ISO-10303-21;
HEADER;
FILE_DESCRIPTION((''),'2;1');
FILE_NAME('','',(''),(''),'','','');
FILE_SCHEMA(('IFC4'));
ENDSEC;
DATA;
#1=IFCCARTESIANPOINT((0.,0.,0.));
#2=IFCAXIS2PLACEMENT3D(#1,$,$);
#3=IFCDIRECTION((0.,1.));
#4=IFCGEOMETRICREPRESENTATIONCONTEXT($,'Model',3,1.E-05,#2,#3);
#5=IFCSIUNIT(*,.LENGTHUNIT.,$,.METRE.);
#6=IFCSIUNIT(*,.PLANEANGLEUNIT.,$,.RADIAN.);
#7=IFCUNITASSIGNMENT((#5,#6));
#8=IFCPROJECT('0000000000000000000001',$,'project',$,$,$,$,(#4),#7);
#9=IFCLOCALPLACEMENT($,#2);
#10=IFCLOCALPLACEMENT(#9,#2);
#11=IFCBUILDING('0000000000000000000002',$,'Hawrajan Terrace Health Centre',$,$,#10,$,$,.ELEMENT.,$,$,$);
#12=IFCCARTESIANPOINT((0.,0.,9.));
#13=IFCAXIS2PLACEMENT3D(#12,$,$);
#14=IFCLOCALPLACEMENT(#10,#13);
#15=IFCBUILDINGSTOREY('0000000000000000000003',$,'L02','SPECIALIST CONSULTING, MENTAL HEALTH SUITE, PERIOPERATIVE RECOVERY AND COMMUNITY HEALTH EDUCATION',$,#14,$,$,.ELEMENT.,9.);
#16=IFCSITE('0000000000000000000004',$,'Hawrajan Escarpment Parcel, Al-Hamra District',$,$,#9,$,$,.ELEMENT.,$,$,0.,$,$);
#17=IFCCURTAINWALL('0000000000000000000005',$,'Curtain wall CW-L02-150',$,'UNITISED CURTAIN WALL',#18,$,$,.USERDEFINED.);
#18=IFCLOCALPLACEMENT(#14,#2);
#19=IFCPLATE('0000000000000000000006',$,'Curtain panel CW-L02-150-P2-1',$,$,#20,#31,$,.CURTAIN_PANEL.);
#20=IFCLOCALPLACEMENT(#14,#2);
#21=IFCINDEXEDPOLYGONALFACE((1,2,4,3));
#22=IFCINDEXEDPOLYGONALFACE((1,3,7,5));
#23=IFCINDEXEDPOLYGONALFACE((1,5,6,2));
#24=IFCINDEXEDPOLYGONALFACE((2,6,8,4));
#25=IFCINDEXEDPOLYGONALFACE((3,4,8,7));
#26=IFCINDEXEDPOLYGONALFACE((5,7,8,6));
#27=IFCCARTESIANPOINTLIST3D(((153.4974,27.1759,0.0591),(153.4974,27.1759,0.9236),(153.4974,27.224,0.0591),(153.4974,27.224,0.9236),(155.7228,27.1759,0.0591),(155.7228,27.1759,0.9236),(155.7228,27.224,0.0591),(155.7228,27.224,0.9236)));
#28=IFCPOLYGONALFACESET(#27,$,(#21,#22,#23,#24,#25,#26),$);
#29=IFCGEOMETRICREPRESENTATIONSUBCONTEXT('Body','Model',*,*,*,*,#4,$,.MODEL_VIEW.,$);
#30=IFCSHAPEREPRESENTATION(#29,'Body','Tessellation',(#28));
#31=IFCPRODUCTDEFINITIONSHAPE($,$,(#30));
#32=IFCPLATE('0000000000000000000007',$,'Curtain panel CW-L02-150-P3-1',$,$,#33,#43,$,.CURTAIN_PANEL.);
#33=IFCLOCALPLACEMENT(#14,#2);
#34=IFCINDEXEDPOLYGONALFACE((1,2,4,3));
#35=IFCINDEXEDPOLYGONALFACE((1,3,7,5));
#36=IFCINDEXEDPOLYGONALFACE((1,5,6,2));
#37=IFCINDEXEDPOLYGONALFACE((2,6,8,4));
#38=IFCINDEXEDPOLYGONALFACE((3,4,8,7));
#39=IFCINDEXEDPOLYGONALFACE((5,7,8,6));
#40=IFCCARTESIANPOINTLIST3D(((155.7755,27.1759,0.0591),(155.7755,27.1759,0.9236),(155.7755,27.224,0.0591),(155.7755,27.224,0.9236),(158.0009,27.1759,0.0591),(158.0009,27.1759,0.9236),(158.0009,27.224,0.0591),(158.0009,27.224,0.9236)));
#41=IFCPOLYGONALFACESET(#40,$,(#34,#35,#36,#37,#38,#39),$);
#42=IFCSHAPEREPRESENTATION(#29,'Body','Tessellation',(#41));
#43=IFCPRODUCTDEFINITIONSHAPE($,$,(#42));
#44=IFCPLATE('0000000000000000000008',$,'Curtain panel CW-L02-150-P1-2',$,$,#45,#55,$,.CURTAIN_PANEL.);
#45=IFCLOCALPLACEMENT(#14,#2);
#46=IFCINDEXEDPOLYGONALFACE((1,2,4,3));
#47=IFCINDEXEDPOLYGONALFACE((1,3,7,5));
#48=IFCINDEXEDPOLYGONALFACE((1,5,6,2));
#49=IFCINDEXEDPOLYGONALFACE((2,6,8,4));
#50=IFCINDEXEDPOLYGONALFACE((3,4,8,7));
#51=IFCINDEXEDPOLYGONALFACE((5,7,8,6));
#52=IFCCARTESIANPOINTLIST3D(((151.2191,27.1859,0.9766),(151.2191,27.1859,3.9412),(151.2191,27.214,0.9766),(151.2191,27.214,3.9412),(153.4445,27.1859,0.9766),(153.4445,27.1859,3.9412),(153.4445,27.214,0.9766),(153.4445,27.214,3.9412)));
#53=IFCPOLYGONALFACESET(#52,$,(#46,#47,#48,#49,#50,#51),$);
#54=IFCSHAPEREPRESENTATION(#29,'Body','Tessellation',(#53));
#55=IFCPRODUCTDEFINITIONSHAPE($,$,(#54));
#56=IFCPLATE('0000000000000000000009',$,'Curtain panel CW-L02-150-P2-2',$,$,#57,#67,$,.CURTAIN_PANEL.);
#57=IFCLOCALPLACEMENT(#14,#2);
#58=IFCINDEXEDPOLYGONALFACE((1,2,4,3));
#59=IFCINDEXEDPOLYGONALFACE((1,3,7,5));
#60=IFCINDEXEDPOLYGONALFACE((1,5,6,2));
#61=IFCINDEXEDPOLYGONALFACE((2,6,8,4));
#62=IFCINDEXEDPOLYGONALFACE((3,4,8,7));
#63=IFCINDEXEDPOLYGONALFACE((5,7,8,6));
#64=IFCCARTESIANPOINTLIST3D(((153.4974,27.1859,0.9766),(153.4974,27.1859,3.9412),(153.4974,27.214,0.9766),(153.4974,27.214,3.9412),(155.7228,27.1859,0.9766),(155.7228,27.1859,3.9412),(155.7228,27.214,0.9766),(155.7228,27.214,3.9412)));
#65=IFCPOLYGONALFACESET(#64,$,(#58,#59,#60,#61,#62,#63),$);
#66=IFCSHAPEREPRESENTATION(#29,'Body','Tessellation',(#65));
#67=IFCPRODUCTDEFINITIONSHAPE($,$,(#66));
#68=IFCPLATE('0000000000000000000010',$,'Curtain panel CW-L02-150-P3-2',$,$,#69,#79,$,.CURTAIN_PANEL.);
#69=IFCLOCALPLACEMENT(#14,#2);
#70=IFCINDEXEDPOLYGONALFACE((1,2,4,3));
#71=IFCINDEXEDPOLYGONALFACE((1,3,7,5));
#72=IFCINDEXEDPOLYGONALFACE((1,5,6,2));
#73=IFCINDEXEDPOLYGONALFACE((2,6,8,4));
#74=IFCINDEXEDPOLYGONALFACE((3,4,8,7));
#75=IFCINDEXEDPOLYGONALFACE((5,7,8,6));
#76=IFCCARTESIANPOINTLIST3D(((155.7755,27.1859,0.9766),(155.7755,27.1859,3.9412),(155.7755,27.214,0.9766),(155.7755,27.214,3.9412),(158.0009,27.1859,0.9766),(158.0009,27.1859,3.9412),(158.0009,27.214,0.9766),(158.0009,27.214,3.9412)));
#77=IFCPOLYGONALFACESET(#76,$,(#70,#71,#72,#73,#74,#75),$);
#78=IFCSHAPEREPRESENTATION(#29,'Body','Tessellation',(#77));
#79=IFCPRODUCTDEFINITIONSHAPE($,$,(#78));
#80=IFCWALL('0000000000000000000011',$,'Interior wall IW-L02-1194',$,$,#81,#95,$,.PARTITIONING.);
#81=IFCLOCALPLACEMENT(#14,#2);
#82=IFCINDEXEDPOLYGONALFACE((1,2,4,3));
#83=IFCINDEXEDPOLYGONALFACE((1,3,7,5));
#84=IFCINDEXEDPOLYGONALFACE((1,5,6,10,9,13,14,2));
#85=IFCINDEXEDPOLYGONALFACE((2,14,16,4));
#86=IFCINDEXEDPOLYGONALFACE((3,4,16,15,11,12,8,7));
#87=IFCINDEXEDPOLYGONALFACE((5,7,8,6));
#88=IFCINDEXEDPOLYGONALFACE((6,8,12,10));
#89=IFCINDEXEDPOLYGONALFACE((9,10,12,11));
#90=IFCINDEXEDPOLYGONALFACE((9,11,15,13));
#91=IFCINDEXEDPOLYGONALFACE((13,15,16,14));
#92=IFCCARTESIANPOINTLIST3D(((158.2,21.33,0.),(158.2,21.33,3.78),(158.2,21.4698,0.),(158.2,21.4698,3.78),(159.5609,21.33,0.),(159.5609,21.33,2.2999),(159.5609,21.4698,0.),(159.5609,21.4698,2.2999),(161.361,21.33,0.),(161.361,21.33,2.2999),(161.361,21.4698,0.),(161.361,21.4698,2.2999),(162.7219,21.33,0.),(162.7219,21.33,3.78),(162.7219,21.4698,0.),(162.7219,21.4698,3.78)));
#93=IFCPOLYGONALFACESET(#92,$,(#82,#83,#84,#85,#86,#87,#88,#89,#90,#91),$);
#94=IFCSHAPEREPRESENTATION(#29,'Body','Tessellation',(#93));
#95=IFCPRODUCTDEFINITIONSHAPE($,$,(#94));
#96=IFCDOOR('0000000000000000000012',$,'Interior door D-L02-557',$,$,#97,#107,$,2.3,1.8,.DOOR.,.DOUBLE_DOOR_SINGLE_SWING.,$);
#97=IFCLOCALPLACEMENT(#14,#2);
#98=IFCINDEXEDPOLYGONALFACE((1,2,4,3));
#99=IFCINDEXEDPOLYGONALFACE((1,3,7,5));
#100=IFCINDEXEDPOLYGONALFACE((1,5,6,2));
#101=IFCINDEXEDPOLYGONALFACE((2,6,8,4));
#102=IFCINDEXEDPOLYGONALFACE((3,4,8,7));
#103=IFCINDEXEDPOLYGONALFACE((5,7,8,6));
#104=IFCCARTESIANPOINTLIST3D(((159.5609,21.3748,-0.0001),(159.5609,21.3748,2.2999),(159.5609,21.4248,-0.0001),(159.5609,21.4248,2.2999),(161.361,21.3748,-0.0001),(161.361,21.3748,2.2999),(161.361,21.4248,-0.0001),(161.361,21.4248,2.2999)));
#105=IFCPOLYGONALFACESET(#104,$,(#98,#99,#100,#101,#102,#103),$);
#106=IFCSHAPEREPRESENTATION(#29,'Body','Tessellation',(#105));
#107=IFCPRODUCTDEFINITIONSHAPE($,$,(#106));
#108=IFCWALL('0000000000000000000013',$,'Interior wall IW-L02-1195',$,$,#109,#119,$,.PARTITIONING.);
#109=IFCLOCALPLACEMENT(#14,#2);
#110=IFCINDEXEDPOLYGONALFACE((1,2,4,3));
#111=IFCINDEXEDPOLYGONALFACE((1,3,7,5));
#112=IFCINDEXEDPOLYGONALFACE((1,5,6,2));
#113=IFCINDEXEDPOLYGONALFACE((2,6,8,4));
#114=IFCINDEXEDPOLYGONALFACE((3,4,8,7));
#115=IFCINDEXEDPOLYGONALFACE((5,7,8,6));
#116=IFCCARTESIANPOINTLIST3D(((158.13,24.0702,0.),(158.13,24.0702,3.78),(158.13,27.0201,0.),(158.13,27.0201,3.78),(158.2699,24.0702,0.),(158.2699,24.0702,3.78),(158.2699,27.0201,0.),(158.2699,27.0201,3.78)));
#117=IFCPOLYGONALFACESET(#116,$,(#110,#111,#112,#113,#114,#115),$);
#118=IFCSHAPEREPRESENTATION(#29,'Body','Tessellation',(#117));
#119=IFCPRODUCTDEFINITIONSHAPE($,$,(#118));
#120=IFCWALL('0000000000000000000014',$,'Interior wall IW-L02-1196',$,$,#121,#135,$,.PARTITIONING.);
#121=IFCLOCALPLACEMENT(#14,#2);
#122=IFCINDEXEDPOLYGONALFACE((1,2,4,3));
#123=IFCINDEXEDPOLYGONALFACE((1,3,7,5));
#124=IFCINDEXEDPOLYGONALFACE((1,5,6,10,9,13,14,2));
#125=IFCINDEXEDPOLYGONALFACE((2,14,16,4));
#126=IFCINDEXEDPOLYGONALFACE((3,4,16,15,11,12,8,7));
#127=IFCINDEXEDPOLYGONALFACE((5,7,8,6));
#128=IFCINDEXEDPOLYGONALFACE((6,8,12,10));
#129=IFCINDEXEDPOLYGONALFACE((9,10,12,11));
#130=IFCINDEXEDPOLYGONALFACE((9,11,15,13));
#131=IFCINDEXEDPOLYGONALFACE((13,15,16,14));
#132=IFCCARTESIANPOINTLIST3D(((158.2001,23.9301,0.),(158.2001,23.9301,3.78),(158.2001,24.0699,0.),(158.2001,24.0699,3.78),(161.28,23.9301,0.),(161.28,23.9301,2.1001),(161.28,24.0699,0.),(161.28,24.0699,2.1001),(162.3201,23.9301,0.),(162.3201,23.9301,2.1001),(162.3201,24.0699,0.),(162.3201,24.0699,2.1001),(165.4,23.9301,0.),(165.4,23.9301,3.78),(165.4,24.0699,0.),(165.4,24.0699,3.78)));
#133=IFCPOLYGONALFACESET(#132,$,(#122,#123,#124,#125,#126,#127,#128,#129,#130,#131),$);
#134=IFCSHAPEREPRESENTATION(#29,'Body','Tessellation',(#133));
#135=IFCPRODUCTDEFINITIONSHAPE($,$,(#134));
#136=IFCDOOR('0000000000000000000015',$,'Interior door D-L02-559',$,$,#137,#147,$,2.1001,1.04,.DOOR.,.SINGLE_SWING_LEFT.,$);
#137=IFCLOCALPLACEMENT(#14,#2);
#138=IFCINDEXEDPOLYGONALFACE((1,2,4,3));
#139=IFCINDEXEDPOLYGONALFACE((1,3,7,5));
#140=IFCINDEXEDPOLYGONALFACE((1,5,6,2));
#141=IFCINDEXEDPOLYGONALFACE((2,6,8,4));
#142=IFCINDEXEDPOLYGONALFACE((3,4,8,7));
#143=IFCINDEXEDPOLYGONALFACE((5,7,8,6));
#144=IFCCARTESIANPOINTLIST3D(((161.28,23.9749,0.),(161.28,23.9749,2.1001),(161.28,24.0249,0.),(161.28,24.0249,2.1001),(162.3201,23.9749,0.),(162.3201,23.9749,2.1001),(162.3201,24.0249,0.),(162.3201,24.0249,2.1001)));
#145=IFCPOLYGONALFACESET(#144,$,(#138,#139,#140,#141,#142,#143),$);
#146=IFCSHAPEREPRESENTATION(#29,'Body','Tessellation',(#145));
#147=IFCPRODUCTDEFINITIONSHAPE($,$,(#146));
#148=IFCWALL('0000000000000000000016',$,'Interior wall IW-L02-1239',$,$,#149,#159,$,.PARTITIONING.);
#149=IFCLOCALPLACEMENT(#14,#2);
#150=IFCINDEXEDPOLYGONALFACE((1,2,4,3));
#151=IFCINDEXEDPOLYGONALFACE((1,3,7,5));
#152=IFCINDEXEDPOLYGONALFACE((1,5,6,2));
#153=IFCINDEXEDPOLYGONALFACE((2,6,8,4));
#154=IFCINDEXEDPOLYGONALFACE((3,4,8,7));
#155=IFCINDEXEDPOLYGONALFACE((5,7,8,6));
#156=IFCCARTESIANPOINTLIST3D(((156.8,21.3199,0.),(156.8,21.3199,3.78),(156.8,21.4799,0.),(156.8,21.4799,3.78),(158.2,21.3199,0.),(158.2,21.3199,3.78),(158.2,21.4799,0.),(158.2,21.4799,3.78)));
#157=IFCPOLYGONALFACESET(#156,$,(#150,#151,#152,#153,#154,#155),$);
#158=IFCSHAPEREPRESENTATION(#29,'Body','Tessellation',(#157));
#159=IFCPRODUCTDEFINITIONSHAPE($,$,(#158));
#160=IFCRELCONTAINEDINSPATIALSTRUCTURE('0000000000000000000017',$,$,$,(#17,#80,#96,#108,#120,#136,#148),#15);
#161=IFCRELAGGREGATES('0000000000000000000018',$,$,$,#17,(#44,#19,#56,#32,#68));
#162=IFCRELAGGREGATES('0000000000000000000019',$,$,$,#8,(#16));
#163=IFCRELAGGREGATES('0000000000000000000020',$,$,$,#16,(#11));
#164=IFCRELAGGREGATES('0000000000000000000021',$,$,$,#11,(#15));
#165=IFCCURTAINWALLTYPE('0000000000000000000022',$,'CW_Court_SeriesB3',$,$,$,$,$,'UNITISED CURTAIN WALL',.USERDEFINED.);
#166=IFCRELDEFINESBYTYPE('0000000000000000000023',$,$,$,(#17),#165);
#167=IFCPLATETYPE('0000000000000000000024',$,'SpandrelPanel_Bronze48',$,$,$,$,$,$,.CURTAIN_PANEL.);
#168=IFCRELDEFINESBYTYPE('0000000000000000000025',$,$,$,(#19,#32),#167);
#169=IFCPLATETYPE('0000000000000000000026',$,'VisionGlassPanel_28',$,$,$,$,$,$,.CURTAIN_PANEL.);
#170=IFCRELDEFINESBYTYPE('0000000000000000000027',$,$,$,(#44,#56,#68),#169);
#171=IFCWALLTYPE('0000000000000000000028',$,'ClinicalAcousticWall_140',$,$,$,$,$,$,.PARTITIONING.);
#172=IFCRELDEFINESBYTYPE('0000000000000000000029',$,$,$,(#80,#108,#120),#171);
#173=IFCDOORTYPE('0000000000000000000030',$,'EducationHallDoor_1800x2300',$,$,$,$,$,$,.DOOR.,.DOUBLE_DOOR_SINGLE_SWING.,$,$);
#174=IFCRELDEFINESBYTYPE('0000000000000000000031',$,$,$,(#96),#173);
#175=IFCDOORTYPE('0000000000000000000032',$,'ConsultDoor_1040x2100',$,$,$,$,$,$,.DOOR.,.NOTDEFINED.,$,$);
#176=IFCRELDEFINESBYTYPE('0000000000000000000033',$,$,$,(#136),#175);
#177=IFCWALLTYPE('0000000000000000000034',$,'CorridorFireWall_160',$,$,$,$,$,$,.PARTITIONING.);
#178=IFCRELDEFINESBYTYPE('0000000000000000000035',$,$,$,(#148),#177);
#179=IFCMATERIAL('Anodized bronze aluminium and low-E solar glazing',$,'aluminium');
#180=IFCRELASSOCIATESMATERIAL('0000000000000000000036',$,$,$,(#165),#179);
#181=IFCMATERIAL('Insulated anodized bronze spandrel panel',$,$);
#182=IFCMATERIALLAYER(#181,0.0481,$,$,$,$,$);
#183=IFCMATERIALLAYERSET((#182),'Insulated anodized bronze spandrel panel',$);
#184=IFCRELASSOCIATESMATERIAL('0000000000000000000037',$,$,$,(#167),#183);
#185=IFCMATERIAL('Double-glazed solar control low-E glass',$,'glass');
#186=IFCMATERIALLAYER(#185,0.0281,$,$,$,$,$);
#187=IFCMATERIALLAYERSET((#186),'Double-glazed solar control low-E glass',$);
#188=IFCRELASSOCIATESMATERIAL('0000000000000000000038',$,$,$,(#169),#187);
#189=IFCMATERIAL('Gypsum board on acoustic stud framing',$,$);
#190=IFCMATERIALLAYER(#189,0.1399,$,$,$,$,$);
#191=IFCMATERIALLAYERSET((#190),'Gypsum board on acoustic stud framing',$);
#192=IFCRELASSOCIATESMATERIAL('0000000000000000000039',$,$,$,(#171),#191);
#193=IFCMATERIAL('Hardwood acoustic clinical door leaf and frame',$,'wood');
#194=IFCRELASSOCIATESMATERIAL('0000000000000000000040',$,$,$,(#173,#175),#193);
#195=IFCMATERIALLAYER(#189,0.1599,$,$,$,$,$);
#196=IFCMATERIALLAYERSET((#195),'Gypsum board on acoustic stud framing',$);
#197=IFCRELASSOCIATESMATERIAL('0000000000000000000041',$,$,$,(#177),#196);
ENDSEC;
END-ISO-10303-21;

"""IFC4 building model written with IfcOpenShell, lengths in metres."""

from ifc_helpers import new_model, si_unit, direction, frame, frame_2d, origin, origin_2d, place, context, subcontext, project, spatial, rectangle, extrude, material, layer, layer_set, type_object, element, fill, aggregate, save


model = new_model("IFC4")

# Units and contexts
model_context = context("Model", 3, precision=1e-05, world=origin(), true_north=direction((0.0, 1.0)))
body_context = subcontext(model_context, "Body", "Model", "MODEL_VIEW")
ifc_project = project(units=[si_unit("LENGTHUNIT", "METRE"), si_unit("PLANEANGLEUNIT", "RADIAN")], contexts=[model_context])

# Site, building, storey
site_placement = place(None, origin())
site = spatial("IfcSite", under=ifc_project, at=site_placement, Name="Hawrajan Escarpment Parcel, Al-Hamra District", CompositionType="ELEMENT", RefElevation=0.0)
building_placement = place(site_placement, origin())
building = spatial("IfcBuilding", under=site, at=building_placement, Name="Hawrajan Terrace Health Centre", CompositionType="ELEMENT")
storey_placement = place(building_placement, frame((0.0, 0.0, 9.0)))
storey = spatial("IfcBuildingStorey", under=building, at=storey_placement, Name="L02", Description="SPECIALIST CONSULTING, MENTAL HEALTH SUITE, PERIOPERATIVE RECOVERY AND COMMUNITY HEALTH EDUCATION", CompositionType="ELEMENT", Elevation=9.0)

# Curtain wall, plates
ifc_material_1 = material(Name="Anodized bronze aluminium and low-E solar glazing", Category="aluminium")
curtain_wall_type = type_object("IfcCurtainWallType", Name="CW_Court_SeriesB3", ElementType="UNITISED CURTAIN WALL", PredefinedType="USERDEFINED", material=ifc_material_1)
curtain_wall_placement = place(storey_placement, origin())
curtain_wall = element("IfcCurtainWall", 1, at=curtain_wall_placement, inside=storey, type_object=curtain_wall_type, Name="Curtain wall CW-L02-150", ObjectType="UNITISED CURTAIN WALL", PredefinedType="USERDEFINED")
ifc_material_2 = material(Name="Insulated anodized bronze spandrel panel")
ifc_layer_1 = layer(ifc_material_2, 0.0481)
ifc_layer_set_1 = layer_set([ifc_layer_1], Name="Insulated anodized bronze spandrel panel")
plate_type_1 = type_object("IfcPlateType", Name="SpandrelPanel_Bronze48", PredefinedType="CURTAIN_PANEL", material=ifc_layer_set_1)
plate_1_placement = place(storey_placement, frame((154.6101, 27.2, 0.0591), z_axis=(0.0, 0.0, 1.0), x_axis=(1.0, 0.0, 0.0)))
plate_1 = element("IfcPlate", 2, at=plate_1_placement, type_object=plate_type_1, Name="Curtain panel CW-L02-150-P2-1", PredefinedType="CURTAIN_PANEL", context=body_context, shape_type="SweptSolid", body=[
    extrude(rectangle(XDim=2.2253, YDim=0.0481, at=origin_2d()), origin(), (0.0, 0.0, 1.0), 0.8645),
])
plate_2_placement = place(storey_placement, frame((156.8882, 27.2, 0.0591), z_axis=(0.0, 0.0, 1.0), x_axis=(1.0, 0.0, 0.0)))
plate_2 = element("IfcPlate", 3, at=plate_2_placement, type_object=plate_type_1, Name="Curtain panel CW-L02-150-P3-1", PredefinedType="CURTAIN_PANEL", context=body_context, shape_type="SweptSolid", body=[
    extrude(rectangle(XDim=2.2253, YDim=0.0481, at=origin_2d()), origin(), (0.0, 0.0, 1.0), 0.8645),
])
ifc_material_3 = material(Name="Double-glazed solar control low-E glass", Category="glass")
ifc_layer_2 = layer(ifc_material_3, 0.0281)
ifc_layer_set_2 = layer_set([ifc_layer_2], Name="Double-glazed solar control low-E glass")
plate_type_2 = type_object("IfcPlateType", Name="VisionGlassPanel_28", PredefinedType="CURTAIN_PANEL", material=ifc_layer_set_2)
plate_3_placement = place(storey_placement, frame((152.3318, 27.2, 0.9766), z_axis=(0.0, 0.0, 1.0), x_axis=(1.0, 0.0, 0.0)))
plate_3 = element("IfcPlate", 4, at=plate_3_placement, type_object=plate_type_2, Name="Curtain panel CW-L02-150-P1-2", PredefinedType="CURTAIN_PANEL", context=body_context, shape_type="SweptSolid", body=[
    extrude(rectangle(XDim=2.2253, YDim=0.0281, at=origin_2d()), origin(), (0.0, 0.0, 1.0), 2.9646),
])
plate_4_placement = place(storey_placement, frame((154.6101, 27.2, 0.9766), z_axis=(0.0, 0.0, 1.0), x_axis=(1.0, 0.0, 0.0)))
plate_4 = element("IfcPlate", 5, at=plate_4_placement, type_object=plate_type_2, Name="Curtain panel CW-L02-150-P2-2", PredefinedType="CURTAIN_PANEL", context=body_context, shape_type="SweptSolid", body=[
    extrude(rectangle(XDim=2.2253, YDim=0.0281, at=origin_2d()), origin(), (0.0, 0.0, 1.0), 2.9646),
])
plate_5_placement = place(storey_placement, frame((156.8882, 27.2, 0.9766), z_axis=(0.0, 0.0, 1.0), x_axis=(1.0, 0.0, 0.0)))
plate_5 = element("IfcPlate", 6, at=plate_5_placement, type_object=plate_type_2, Name="Curtain panel CW-L02-150-P3-2", PredefinedType="CURTAIN_PANEL", context=body_context, shape_type="SweptSolid", body=[
    extrude(rectangle(XDim=2.2253, YDim=0.0281, at=origin_2d()), origin(), (0.0, 0.0, 1.0), 2.9646),
])
aggregate(curtain_wall, [plate_3, plate_1, plate_4, plate_2, plate_5])

# Wall, opening, door
ifc_material_4 = material(Name="Gypsum board on acoustic stud framing")
ifc_layer_3 = layer(ifc_material_4, 0.1399)
ifc_layer_set_3 = layer_set([ifc_layer_3], Name="Gypsum board on acoustic stud framing")
wall_type_1 = type_object("IfcWallType", Name="ClinicalAcousticWall_140", PredefinedType="PARTITIONING", material=ifc_layer_set_3)
ifc_material_5 = material(Name="Hardwood acoustic clinical door leaf and frame", Category="wood")
wall_1_placement = place(storey_placement, frame((158.2, 21.3999, 0.0), z_axis=(0.0, 0.0, 1.0), x_axis=(1.0, 0.0, 0.0)))
wall_1 = element("IfcWall", 7, at=wall_1_placement, inside=storey, type_object=wall_type_1, Name="Interior wall IW-L02-1194", PredefinedType="PARTITIONING", context=body_context, shape_type="SweptSolid", body=[
    extrude(rectangle(XDim=4.522, YDim=0.1399, at=frame_2d((2.261, 0.0))), origin(), (0.0, 0.0, 1.0), 3.78),
])
opening_1_placement = place(wall_1_placement, frame((1.3611, 0.0, 0.0)))
opening_1 = element("IfcOpeningElement", 8, at=opening_1_placement, cuts=wall_1, PredefinedType="OPENING", context=body_context, shape_type="SweptSolid", body=[
    extrude(rectangle(XDim=1.8, YDim=2.3, at=frame_2d((0.8999, 1.1499))), frame((0.0, 0.0798, 0.0), z_axis=(0.0, -1.0, 0.0), x_axis=(1.0, 0.0, 0.0)), (0.0, 0.0, 1.0), 0.1599),
])
door_type_1 = type_object("IfcDoorType", Name="EducationHallDoor_1800x2300", OperationType="DOUBLE_DOOR_SINGLE_SWING", PredefinedType="DOOR", material=ifc_material_5)
door_1_placement = place(opening_1_placement, origin())
door_1 = element("IfcDoor", 9, at=door_1_placement, inside=storey, type_object=door_type_1, Name="Interior door D-L02-557", OperationType="DOUBLE_DOOR_SINGLE_SWING", OverallHeight=2.3, OverallWidth=1.8, PredefinedType="DOOR", context=body_context, shape_type="SweptSolid", body=[
    extrude(rectangle(XDim=1.8, YDim=2.3, at=frame_2d((0.8999, 1.1499))), frame((0.0, 0.0249, 0.0), z_axis=(0.0, -1.0, 0.0), x_axis=(1.0, 0.0, 0.0)), (0.0, 0.0, 1.0), 0.05),
])
fill(opening_1, door_1)

# Wall
wall_2_placement = place(storey_placement, frame((158.2, 24.0701, 0.0), z_axis=(0.0, 0.0, 1.0), x_axis=(0.0, 1.0, 0.0)))
element("IfcWall", 10, at=wall_2_placement, inside=storey, type_object=wall_type_1, Name="Interior wall IW-L02-1195", PredefinedType="PARTITIONING", context=body_context, shape_type="SweptSolid", body=[
    extrude(rectangle(XDim=2.95, YDim=0.1399, at=frame_2d((1.4751, 0.0))), origin(), (0.0, 0.0, 1.0), 3.78),
])

# Wall, opening, door
wall_3_placement = place(storey_placement, frame((158.2, 24.0, 0.0), z_axis=(0.0, 0.0, 1.0), x_axis=(1.0, 0.0, 0.0)))
wall_3 = element("IfcWall", 11, at=wall_3_placement, inside=storey, type_object=wall_type_1, Name="Interior wall IW-L02-1196", PredefinedType="PARTITIONING", context=body_context, shape_type="SweptSolid", body=[
    extrude(rectangle(XDim=7.2, YDim=0.1399, at=frame_2d((3.6001, 0.0))), origin(), (0.0, 0.0, 1.0), 3.78),
])
opening_2_placement = place(wall_3_placement, frame((3.0801, 0.0, 0.0)))
opening_2 = element("IfcOpeningElement", 12, at=opening_2_placement, cuts=wall_3, PredefinedType="OPENING", context=body_context, shape_type="SweptSolid", body=[
    extrude(rectangle(XDim=1.04, YDim=2.1001, at=frame_2d((0.52, 1.05))), frame((0.0, 0.0798, 0.0), z_axis=(0.0, -1.0, 0.0), x_axis=(1.0, 0.0, 0.0)), (0.0, 0.0, 1.0), 0.1599),
])
door_type_2 = type_object("IfcDoorType", Name="ConsultDoor_1040x2100", OperationType="NOTDEFINED", PredefinedType="DOOR", material=ifc_material_5)
door_2_placement = place(opening_2_placement, origin())
door_2 = element("IfcDoor", 13, at=door_2_placement, inside=storey, type_object=door_type_2, Name="Interior door D-L02-559", OperationType="SINGLE_SWING_LEFT", OverallHeight=2.1001, OverallWidth=1.04, PredefinedType="DOOR", context=body_context, shape_type="SweptSolid", body=[
    extrude(rectangle(XDim=1.04, YDim=2.1001, at=frame_2d((0.52, 1.05))), frame((0.0, 0.0249, 0.0), z_axis=(0.0, -1.0, 0.0), x_axis=(1.0, 0.0, 0.0)), (0.0, 0.0, 1.0), 0.05),
])
fill(opening_2, door_2)

# Wall
ifc_layer_4 = layer(ifc_material_4, 0.1599)
ifc_layer_set_4 = layer_set([ifc_layer_4], Name="Gypsum board on acoustic stud framing")
wall_type_2 = type_object("IfcWallType", Name="CorridorFireWall_160", PredefinedType="PARTITIONING", material=ifc_layer_set_4)
wall_4_placement = place(storey_placement, frame((156.8, 21.3999, 0.0), z_axis=(0.0, 0.0, 1.0), x_axis=(1.0, 0.0, 0.0)))
element("IfcWall", 14, at=wall_4_placement, inside=storey, type_object=wall_type_2, Name="Interior wall IW-L02-1239", PredefinedType="PARTITIONING", context=body_context, shape_type="SweptSolid", body=[
    extrude(rectangle(XDim=1.3999, YDim=0.1599, at=frame_2d((0.7, 0.0))), origin(), (0.0, 0.0, 1.0), 3.78),
])

save(model, "model.ifc")
